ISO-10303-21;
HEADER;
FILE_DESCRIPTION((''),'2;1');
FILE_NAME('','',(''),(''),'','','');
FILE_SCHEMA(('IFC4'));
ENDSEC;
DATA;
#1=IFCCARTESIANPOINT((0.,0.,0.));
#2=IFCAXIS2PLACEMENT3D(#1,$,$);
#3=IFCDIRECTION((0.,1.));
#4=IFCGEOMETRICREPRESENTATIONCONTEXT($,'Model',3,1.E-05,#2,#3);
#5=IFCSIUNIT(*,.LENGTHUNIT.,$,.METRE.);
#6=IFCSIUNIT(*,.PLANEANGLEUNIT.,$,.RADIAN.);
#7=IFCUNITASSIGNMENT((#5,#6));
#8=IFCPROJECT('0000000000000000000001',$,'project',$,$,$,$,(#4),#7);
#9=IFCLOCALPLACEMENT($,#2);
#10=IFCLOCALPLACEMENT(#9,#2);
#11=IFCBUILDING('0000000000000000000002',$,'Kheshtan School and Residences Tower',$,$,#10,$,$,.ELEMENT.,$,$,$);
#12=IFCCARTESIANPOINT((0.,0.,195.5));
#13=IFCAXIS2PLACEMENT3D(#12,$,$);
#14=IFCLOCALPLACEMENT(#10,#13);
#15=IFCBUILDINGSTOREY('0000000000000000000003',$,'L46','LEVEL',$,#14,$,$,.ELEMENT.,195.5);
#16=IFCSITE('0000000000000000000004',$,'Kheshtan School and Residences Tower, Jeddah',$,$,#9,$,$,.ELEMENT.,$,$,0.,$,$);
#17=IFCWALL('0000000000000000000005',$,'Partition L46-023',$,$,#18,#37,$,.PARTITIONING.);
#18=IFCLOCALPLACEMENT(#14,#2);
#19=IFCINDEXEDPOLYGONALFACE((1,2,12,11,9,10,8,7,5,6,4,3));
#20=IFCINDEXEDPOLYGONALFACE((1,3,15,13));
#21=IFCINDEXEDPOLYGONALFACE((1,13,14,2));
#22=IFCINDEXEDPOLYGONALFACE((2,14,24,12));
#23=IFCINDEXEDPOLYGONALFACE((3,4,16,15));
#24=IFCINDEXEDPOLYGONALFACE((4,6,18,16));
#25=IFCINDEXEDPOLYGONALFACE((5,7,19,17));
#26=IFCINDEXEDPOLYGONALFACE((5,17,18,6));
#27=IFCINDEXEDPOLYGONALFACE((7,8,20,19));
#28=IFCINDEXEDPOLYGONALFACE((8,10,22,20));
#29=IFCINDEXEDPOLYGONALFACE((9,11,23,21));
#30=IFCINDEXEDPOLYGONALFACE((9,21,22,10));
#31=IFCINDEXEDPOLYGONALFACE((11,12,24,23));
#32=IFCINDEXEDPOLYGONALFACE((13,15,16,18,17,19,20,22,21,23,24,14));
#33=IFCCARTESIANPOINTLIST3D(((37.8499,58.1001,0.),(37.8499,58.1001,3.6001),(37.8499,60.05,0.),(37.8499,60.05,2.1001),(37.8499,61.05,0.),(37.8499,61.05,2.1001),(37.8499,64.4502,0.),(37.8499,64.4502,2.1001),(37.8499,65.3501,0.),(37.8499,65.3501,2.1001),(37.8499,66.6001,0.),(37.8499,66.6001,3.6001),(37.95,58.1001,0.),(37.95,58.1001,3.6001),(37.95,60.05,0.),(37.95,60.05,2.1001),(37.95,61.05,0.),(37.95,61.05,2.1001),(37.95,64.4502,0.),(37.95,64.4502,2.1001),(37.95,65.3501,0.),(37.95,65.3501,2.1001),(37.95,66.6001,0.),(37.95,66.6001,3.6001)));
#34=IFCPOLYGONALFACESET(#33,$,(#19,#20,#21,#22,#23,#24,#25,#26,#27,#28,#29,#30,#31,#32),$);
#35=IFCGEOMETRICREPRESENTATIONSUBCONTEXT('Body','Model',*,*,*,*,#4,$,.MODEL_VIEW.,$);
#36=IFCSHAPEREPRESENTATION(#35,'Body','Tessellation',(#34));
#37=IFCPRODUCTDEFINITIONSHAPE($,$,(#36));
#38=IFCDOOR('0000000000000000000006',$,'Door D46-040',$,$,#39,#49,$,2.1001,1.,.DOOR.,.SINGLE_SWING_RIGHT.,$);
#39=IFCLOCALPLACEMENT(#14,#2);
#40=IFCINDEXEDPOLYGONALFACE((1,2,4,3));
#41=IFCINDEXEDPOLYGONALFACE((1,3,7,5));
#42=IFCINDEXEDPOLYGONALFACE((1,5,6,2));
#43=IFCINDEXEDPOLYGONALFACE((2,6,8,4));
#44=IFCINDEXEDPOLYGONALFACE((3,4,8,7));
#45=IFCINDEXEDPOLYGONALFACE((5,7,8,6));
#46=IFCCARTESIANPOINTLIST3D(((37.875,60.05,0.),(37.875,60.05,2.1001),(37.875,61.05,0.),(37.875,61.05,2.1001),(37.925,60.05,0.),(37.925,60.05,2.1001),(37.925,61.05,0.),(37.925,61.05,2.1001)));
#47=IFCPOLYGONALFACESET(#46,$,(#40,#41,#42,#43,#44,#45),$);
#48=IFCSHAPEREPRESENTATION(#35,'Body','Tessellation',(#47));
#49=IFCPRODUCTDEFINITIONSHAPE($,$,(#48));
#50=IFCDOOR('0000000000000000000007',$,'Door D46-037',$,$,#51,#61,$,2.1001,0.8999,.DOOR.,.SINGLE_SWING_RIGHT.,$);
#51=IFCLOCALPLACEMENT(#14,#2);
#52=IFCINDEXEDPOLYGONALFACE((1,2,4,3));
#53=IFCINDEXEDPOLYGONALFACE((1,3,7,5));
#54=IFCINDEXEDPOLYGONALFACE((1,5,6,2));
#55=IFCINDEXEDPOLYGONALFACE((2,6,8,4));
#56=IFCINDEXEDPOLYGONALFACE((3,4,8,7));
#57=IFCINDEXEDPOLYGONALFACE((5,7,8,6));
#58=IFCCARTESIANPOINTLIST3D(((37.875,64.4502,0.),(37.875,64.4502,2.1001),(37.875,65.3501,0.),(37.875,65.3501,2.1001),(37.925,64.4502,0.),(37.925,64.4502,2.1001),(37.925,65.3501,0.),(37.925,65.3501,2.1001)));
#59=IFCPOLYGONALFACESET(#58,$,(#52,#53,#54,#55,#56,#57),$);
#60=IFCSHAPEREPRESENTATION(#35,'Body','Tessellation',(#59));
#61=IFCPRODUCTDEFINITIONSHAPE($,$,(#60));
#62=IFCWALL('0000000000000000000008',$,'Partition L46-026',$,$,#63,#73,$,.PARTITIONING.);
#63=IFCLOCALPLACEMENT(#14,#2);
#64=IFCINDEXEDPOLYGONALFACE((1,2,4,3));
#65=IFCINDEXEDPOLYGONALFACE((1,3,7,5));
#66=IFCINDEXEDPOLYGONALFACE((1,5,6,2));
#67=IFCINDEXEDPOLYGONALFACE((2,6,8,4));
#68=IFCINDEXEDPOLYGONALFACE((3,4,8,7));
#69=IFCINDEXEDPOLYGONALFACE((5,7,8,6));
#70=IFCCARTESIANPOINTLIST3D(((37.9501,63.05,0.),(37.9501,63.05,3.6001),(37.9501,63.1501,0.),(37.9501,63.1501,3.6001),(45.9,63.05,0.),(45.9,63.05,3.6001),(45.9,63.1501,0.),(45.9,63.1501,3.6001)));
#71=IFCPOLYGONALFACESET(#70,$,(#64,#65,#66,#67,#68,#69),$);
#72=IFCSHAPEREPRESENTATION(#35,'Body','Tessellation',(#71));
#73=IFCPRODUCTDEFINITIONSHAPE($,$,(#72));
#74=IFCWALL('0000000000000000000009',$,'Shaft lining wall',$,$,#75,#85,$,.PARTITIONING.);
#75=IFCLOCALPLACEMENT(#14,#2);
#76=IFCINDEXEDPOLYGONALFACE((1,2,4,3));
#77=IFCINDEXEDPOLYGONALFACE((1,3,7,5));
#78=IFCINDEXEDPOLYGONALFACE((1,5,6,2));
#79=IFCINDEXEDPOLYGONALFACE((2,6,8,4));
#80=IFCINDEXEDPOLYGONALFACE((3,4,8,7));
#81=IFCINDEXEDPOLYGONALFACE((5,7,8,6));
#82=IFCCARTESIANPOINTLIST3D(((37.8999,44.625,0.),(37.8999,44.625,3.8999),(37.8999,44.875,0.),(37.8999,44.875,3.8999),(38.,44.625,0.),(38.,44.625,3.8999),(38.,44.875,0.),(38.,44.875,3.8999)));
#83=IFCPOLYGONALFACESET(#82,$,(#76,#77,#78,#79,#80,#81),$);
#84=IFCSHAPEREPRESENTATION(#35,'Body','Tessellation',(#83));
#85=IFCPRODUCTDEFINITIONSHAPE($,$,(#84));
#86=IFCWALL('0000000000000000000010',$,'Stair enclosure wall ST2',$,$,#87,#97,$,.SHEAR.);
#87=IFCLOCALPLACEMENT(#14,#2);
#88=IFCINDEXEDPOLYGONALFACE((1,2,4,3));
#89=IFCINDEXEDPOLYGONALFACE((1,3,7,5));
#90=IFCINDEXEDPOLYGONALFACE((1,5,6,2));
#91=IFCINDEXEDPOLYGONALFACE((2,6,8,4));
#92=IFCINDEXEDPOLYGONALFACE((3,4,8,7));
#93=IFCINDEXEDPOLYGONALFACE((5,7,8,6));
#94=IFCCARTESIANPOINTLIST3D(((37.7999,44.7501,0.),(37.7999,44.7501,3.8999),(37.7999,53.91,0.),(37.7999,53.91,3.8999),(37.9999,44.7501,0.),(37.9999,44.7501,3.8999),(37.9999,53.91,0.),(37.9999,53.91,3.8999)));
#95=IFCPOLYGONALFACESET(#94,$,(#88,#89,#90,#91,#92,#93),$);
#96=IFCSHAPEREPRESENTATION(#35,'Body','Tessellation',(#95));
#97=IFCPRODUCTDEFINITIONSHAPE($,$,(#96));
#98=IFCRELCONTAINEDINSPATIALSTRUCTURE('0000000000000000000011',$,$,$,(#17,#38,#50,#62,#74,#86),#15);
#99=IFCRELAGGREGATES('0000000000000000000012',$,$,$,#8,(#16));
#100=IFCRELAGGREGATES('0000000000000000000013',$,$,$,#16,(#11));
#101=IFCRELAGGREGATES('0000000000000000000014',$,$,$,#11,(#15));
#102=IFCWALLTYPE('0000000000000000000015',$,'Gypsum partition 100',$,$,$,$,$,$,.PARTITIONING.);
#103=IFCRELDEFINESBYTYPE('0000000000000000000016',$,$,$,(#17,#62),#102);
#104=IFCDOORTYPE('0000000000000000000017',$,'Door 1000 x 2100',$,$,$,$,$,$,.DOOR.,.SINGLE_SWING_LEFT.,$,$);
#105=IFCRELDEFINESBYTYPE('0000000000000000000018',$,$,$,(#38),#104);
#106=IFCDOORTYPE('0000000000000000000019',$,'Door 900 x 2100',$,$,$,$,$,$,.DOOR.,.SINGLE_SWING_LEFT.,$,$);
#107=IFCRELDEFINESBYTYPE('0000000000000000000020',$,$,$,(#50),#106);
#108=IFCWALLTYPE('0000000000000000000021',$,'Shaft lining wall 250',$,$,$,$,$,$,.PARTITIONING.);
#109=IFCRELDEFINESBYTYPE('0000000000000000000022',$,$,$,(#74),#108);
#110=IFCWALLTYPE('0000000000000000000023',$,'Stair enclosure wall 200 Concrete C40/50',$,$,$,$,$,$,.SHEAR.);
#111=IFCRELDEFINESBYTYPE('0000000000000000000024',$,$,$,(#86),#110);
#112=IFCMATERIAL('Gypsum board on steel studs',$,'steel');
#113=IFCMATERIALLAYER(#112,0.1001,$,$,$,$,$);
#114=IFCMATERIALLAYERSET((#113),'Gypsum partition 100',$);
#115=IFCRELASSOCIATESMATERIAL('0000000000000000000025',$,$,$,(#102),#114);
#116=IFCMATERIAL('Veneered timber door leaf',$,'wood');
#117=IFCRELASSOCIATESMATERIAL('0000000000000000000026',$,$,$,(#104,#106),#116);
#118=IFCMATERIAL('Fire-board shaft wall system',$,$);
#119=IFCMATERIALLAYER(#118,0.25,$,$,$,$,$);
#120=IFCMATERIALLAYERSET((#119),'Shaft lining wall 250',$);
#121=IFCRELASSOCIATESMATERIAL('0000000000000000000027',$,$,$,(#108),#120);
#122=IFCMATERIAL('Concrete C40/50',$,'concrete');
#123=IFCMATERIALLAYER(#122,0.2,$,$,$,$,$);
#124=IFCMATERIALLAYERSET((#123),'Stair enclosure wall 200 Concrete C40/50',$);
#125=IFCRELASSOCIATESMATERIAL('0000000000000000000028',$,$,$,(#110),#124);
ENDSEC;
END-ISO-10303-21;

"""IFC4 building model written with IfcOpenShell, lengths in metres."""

from ifc_helpers import new_model, si_unit, direction, frame, frame_2d, origin, place, context, subcontext, project, spatial, rectangle, extrude, source, transform, mapped, material, layer, layer_set, type_object, element, fill, save


model = new_model("IFC4")

# Units and contexts
model_context = context("Model", 3, precision=1e-05, world=origin(), true_north=direction((0.0, 1.0)))
body_context = subcontext(model_context, "Body", "Model", "MODEL_VIEW")
ifc_project = project(units=[si_unit("LENGTHUNIT", "METRE"), si_unit("PLANEANGLEUNIT", "RADIAN")], contexts=[model_context])

# Site, building, storey
site_placement = place(None, origin())
site = spatial("IfcSite", under=ifc_project, at=site_placement, Name="Kheshtan School and Residences Tower, Jeddah", CompositionType="ELEMENT", RefElevation=0.0)
building_placement = place(site_placement, origin())
building = spatial("IfcBuilding", under=site, at=building_placement, Name="Kheshtan School and Residences Tower", CompositionType="ELEMENT")
storey_placement = place(building_placement, frame((0.0, 0.0, 195.5)))
storey = spatial("IfcBuildingStorey", under=building, at=storey_placement, Name="L46", Description="LEVEL", CompositionType="ELEMENT", Elevation=195.5)

# Wall, openings, doors
ifc_material_1 = material(Name="Gypsum board on steel studs", Category="steel")
ifc_layer_1 = layer(ifc_material_1, 0.1001)
ifc_layer_set_1 = layer_set([ifc_layer_1], Name="Gypsum partition 100")
wall_type_1 = type_object("IfcWallType", Name="Gypsum partition 100", PredefinedType="PARTITIONING", material=ifc_layer_set_1)
wall_1_placement = place(storey_placement, frame((37.8999, 58.1001, 0.0), z_axis=(0.0, 0.0, 1.0), x_axis=(0.0, 1.0, 0.0)))
wall_1 = element("IfcWall", 1, at=wall_1_placement, inside=storey, type_object=wall_type_1, Name="Partition L46-023", PredefinedType="PARTITIONING", context=body_context, shape_type="SweptSolid", body=[
    extrude(rectangle(XDim=8.5, YDim=0.1001, at=frame_2d((4.25, 0.0))), origin(), (0.0, 0.0, 1.0), 3.6001),
])
opening_1_placement = place(wall_1_placement, frame((6.3501, 0.0, 0.0)))
opening_1 = element("IfcOpeningElement", 2, at=opening_1_placement, cuts=wall_1, PredefinedType="OPENING", context=body_context, shape_type="SweptSolid", body=[
    extrude(rectangle(XDim=0.8999, YDim=2.1001, at=frame_2d((0.45, 1.05))), frame((0.0, 0.0601, 0.0), z_axis=(0.0, -1.0, 0.0), x_axis=(1.0, 0.0, 0.0)), (0.0, 0.0, 1.0), 0.1201),
])
opening_2_placement = place(wall_1_placement, frame((1.95, 0.0, 0.0)))
opening_2 = element("IfcOpeningElement", 3, at=opening_2_placement, cuts=wall_1, PredefinedType="OPENING", context=body_context, shape_type="SweptSolid", body=[
    extrude(rectangle(XDim=1.0, YDim=2.1001, at=frame_2d((0.5, 1.05))), frame((0.0, 0.0601, 0.0), z_axis=(0.0, -1.0, 0.0), x_axis=(1.0, 0.0, 0.0)), (0.0, 0.0, 1.0), 0.1201),
])
ifc_material_2 = material(Name="Veneered timber door leaf", Category="wood")
door_type_1 = type_object("IfcDoorType", Name="Door 1000 x 2100", OperationType="SINGLE_SWING_LEFT", PredefinedType="DOOR", material=ifc_material_2)
shared_shape_1 = source(origin(), body_context, "Body", "SweptSolid", [
    extrude(rectangle(XDim=1.0, YDim=2.1001, at=frame_2d((0.5, 1.05))), frame((0.0, 0.0249, 0.0), z_axis=(0.0, -1.0, 0.0), x_axis=(1.0, 0.0, 0.0)), (0.0, 0.0, 1.0), 0.05),
])
door_1_placement = place(opening_2_placement, origin())
door_1 = element("IfcDoor", 4, at=door_1_placement, inside=storey, type_object=door_type_1, Name="Door D46-040", OperationType="SINGLE_SWING_RIGHT", OverallHeight=2.1001, OverallWidth=1.0, PredefinedType="DOOR", context=body_context, shape_type="MappedRepresentation", body=[
    mapped(shared_shape_1, transform((0.0, 0.0, 0.0), x_axis=(1.0, 0.0, 0.0), y_axis=(0.0, 1.0, 0.0), z_axis=(0.0, 0.0, 1.0), scale=1.0)),
])
fill(opening_2, door_1)
door_type_2 = type_object("IfcDoorType", Name="Door 900 x 2100", OperationType="SINGLE_SWING_LEFT", PredefinedType="DOOR", material=ifc_material_2)
shared_shape_2 = source(origin(), body_context, "Body", "SweptSolid", [
    extrude(rectangle(XDim=0.8999, YDim=2.1001, at=frame_2d((0.45, 1.05))), frame((0.0, 0.0249, 0.0), z_axis=(0.0, -1.0, 0.0), x_axis=(1.0, 0.0, 0.0)), (0.0, 0.0, 1.0), 0.05),
])
door_2_placement = place(opening_1_placement, origin())
door_2 = element("IfcDoor", 5, at=door_2_placement, inside=storey, type_object=door_type_2, Name="Door D46-037", OperationType="SINGLE_SWING_RIGHT", OverallHeight=2.1001, OverallWidth=0.8999, PredefinedType="DOOR", context=body_context, shape_type="MappedRepresentation", body=[
    mapped(shared_shape_2, transform((0.0, 0.0, 0.0), x_axis=(1.0, 0.0, 0.0), y_axis=(0.0, 1.0, 0.0), z_axis=(0.0, 0.0, 1.0), scale=1.0)),
])
fill(opening_1, door_2)

# Walls
wall_2_placement = place(storey_placement, frame((37.95, 63.1001, 0.0), z_axis=(0.0, 0.0, 1.0), x_axis=(1.0, 0.0, 0.0)))
element("IfcWall", 6, at=wall_2_placement, inside=storey, type_object=wall_type_1, Name="Partition L46-026", PredefinedType="PARTITIONING", context=body_context, shape_type="SweptSolid", body=[
    extrude(rectangle(XDim=7.95, YDim=0.1001, at=frame_2d((3.9751, 0.0))), origin(), (0.0, 0.0, 1.0), 3.6001),
])
ifc_material_3 = material(Name="Fire-board shaft wall system")
ifc_layer_2 = layer(ifc_material_3, 0.25)
ifc_layer_set_2 = layer_set([ifc_layer_2], Name="Shaft lining wall 250")
wall_type_2 = type_object("IfcWallType", Name="Shaft lining wall 250", PredefinedType="PARTITIONING", material=ifc_layer_set_2)
wall_3_placement = place(storey_placement, frame((37.8999, 44.75, 0.0), z_axis=(0.0, 0.0, 1.0), x_axis=(1.0, 0.0, 0.0)))
element("IfcWall", 7, at=wall_3_placement, inside=storey, type_object=wall_type_2, Name="Shaft lining wall", PredefinedType="PARTITIONING", context=body_context, shape_type="SweptSolid", body=[
    extrude(rectangle(XDim=0.1001, YDim=0.25, at=frame_2d((0.05, 0.0))), origin(), (0.0, 0.0, 1.0), 3.8999),
])
ifc_material_4 = material(Name="Concrete C40/50", Category="concrete")
ifc_layer_3 = layer(ifc_material_4, 0.2)
ifc_layer_set_3 = layer_set([ifc_layer_3], Name="Stair enclosure wall 200 Concrete C40/50")
wall_type_3 = type_object("IfcWallType", Name="Stair enclosure wall 200 Concrete C40/50", PredefinedType="SHEAR", material=ifc_layer_set_3)
wall_4_placement = place(storey_placement, frame((37.8999, 44.75, 0.0), z_axis=(0.0, 0.0, 1.0), x_axis=(0.0, 1.0, 0.0)))
element("IfcWall", 8, at=wall_4_placement, inside=storey, type_object=wall_type_3, Name="Stair enclosure wall ST2", PredefinedType="SHEAR", context=body_context, shape_type="SweptSolid", body=[
    extrude(rectangle(XDim=9.1599, YDim=0.2, at=frame_2d((4.5801, 0.0))), origin(), (0.0, 0.0, 1.0), 3.8999),
])

save(model, "model.ifc")
